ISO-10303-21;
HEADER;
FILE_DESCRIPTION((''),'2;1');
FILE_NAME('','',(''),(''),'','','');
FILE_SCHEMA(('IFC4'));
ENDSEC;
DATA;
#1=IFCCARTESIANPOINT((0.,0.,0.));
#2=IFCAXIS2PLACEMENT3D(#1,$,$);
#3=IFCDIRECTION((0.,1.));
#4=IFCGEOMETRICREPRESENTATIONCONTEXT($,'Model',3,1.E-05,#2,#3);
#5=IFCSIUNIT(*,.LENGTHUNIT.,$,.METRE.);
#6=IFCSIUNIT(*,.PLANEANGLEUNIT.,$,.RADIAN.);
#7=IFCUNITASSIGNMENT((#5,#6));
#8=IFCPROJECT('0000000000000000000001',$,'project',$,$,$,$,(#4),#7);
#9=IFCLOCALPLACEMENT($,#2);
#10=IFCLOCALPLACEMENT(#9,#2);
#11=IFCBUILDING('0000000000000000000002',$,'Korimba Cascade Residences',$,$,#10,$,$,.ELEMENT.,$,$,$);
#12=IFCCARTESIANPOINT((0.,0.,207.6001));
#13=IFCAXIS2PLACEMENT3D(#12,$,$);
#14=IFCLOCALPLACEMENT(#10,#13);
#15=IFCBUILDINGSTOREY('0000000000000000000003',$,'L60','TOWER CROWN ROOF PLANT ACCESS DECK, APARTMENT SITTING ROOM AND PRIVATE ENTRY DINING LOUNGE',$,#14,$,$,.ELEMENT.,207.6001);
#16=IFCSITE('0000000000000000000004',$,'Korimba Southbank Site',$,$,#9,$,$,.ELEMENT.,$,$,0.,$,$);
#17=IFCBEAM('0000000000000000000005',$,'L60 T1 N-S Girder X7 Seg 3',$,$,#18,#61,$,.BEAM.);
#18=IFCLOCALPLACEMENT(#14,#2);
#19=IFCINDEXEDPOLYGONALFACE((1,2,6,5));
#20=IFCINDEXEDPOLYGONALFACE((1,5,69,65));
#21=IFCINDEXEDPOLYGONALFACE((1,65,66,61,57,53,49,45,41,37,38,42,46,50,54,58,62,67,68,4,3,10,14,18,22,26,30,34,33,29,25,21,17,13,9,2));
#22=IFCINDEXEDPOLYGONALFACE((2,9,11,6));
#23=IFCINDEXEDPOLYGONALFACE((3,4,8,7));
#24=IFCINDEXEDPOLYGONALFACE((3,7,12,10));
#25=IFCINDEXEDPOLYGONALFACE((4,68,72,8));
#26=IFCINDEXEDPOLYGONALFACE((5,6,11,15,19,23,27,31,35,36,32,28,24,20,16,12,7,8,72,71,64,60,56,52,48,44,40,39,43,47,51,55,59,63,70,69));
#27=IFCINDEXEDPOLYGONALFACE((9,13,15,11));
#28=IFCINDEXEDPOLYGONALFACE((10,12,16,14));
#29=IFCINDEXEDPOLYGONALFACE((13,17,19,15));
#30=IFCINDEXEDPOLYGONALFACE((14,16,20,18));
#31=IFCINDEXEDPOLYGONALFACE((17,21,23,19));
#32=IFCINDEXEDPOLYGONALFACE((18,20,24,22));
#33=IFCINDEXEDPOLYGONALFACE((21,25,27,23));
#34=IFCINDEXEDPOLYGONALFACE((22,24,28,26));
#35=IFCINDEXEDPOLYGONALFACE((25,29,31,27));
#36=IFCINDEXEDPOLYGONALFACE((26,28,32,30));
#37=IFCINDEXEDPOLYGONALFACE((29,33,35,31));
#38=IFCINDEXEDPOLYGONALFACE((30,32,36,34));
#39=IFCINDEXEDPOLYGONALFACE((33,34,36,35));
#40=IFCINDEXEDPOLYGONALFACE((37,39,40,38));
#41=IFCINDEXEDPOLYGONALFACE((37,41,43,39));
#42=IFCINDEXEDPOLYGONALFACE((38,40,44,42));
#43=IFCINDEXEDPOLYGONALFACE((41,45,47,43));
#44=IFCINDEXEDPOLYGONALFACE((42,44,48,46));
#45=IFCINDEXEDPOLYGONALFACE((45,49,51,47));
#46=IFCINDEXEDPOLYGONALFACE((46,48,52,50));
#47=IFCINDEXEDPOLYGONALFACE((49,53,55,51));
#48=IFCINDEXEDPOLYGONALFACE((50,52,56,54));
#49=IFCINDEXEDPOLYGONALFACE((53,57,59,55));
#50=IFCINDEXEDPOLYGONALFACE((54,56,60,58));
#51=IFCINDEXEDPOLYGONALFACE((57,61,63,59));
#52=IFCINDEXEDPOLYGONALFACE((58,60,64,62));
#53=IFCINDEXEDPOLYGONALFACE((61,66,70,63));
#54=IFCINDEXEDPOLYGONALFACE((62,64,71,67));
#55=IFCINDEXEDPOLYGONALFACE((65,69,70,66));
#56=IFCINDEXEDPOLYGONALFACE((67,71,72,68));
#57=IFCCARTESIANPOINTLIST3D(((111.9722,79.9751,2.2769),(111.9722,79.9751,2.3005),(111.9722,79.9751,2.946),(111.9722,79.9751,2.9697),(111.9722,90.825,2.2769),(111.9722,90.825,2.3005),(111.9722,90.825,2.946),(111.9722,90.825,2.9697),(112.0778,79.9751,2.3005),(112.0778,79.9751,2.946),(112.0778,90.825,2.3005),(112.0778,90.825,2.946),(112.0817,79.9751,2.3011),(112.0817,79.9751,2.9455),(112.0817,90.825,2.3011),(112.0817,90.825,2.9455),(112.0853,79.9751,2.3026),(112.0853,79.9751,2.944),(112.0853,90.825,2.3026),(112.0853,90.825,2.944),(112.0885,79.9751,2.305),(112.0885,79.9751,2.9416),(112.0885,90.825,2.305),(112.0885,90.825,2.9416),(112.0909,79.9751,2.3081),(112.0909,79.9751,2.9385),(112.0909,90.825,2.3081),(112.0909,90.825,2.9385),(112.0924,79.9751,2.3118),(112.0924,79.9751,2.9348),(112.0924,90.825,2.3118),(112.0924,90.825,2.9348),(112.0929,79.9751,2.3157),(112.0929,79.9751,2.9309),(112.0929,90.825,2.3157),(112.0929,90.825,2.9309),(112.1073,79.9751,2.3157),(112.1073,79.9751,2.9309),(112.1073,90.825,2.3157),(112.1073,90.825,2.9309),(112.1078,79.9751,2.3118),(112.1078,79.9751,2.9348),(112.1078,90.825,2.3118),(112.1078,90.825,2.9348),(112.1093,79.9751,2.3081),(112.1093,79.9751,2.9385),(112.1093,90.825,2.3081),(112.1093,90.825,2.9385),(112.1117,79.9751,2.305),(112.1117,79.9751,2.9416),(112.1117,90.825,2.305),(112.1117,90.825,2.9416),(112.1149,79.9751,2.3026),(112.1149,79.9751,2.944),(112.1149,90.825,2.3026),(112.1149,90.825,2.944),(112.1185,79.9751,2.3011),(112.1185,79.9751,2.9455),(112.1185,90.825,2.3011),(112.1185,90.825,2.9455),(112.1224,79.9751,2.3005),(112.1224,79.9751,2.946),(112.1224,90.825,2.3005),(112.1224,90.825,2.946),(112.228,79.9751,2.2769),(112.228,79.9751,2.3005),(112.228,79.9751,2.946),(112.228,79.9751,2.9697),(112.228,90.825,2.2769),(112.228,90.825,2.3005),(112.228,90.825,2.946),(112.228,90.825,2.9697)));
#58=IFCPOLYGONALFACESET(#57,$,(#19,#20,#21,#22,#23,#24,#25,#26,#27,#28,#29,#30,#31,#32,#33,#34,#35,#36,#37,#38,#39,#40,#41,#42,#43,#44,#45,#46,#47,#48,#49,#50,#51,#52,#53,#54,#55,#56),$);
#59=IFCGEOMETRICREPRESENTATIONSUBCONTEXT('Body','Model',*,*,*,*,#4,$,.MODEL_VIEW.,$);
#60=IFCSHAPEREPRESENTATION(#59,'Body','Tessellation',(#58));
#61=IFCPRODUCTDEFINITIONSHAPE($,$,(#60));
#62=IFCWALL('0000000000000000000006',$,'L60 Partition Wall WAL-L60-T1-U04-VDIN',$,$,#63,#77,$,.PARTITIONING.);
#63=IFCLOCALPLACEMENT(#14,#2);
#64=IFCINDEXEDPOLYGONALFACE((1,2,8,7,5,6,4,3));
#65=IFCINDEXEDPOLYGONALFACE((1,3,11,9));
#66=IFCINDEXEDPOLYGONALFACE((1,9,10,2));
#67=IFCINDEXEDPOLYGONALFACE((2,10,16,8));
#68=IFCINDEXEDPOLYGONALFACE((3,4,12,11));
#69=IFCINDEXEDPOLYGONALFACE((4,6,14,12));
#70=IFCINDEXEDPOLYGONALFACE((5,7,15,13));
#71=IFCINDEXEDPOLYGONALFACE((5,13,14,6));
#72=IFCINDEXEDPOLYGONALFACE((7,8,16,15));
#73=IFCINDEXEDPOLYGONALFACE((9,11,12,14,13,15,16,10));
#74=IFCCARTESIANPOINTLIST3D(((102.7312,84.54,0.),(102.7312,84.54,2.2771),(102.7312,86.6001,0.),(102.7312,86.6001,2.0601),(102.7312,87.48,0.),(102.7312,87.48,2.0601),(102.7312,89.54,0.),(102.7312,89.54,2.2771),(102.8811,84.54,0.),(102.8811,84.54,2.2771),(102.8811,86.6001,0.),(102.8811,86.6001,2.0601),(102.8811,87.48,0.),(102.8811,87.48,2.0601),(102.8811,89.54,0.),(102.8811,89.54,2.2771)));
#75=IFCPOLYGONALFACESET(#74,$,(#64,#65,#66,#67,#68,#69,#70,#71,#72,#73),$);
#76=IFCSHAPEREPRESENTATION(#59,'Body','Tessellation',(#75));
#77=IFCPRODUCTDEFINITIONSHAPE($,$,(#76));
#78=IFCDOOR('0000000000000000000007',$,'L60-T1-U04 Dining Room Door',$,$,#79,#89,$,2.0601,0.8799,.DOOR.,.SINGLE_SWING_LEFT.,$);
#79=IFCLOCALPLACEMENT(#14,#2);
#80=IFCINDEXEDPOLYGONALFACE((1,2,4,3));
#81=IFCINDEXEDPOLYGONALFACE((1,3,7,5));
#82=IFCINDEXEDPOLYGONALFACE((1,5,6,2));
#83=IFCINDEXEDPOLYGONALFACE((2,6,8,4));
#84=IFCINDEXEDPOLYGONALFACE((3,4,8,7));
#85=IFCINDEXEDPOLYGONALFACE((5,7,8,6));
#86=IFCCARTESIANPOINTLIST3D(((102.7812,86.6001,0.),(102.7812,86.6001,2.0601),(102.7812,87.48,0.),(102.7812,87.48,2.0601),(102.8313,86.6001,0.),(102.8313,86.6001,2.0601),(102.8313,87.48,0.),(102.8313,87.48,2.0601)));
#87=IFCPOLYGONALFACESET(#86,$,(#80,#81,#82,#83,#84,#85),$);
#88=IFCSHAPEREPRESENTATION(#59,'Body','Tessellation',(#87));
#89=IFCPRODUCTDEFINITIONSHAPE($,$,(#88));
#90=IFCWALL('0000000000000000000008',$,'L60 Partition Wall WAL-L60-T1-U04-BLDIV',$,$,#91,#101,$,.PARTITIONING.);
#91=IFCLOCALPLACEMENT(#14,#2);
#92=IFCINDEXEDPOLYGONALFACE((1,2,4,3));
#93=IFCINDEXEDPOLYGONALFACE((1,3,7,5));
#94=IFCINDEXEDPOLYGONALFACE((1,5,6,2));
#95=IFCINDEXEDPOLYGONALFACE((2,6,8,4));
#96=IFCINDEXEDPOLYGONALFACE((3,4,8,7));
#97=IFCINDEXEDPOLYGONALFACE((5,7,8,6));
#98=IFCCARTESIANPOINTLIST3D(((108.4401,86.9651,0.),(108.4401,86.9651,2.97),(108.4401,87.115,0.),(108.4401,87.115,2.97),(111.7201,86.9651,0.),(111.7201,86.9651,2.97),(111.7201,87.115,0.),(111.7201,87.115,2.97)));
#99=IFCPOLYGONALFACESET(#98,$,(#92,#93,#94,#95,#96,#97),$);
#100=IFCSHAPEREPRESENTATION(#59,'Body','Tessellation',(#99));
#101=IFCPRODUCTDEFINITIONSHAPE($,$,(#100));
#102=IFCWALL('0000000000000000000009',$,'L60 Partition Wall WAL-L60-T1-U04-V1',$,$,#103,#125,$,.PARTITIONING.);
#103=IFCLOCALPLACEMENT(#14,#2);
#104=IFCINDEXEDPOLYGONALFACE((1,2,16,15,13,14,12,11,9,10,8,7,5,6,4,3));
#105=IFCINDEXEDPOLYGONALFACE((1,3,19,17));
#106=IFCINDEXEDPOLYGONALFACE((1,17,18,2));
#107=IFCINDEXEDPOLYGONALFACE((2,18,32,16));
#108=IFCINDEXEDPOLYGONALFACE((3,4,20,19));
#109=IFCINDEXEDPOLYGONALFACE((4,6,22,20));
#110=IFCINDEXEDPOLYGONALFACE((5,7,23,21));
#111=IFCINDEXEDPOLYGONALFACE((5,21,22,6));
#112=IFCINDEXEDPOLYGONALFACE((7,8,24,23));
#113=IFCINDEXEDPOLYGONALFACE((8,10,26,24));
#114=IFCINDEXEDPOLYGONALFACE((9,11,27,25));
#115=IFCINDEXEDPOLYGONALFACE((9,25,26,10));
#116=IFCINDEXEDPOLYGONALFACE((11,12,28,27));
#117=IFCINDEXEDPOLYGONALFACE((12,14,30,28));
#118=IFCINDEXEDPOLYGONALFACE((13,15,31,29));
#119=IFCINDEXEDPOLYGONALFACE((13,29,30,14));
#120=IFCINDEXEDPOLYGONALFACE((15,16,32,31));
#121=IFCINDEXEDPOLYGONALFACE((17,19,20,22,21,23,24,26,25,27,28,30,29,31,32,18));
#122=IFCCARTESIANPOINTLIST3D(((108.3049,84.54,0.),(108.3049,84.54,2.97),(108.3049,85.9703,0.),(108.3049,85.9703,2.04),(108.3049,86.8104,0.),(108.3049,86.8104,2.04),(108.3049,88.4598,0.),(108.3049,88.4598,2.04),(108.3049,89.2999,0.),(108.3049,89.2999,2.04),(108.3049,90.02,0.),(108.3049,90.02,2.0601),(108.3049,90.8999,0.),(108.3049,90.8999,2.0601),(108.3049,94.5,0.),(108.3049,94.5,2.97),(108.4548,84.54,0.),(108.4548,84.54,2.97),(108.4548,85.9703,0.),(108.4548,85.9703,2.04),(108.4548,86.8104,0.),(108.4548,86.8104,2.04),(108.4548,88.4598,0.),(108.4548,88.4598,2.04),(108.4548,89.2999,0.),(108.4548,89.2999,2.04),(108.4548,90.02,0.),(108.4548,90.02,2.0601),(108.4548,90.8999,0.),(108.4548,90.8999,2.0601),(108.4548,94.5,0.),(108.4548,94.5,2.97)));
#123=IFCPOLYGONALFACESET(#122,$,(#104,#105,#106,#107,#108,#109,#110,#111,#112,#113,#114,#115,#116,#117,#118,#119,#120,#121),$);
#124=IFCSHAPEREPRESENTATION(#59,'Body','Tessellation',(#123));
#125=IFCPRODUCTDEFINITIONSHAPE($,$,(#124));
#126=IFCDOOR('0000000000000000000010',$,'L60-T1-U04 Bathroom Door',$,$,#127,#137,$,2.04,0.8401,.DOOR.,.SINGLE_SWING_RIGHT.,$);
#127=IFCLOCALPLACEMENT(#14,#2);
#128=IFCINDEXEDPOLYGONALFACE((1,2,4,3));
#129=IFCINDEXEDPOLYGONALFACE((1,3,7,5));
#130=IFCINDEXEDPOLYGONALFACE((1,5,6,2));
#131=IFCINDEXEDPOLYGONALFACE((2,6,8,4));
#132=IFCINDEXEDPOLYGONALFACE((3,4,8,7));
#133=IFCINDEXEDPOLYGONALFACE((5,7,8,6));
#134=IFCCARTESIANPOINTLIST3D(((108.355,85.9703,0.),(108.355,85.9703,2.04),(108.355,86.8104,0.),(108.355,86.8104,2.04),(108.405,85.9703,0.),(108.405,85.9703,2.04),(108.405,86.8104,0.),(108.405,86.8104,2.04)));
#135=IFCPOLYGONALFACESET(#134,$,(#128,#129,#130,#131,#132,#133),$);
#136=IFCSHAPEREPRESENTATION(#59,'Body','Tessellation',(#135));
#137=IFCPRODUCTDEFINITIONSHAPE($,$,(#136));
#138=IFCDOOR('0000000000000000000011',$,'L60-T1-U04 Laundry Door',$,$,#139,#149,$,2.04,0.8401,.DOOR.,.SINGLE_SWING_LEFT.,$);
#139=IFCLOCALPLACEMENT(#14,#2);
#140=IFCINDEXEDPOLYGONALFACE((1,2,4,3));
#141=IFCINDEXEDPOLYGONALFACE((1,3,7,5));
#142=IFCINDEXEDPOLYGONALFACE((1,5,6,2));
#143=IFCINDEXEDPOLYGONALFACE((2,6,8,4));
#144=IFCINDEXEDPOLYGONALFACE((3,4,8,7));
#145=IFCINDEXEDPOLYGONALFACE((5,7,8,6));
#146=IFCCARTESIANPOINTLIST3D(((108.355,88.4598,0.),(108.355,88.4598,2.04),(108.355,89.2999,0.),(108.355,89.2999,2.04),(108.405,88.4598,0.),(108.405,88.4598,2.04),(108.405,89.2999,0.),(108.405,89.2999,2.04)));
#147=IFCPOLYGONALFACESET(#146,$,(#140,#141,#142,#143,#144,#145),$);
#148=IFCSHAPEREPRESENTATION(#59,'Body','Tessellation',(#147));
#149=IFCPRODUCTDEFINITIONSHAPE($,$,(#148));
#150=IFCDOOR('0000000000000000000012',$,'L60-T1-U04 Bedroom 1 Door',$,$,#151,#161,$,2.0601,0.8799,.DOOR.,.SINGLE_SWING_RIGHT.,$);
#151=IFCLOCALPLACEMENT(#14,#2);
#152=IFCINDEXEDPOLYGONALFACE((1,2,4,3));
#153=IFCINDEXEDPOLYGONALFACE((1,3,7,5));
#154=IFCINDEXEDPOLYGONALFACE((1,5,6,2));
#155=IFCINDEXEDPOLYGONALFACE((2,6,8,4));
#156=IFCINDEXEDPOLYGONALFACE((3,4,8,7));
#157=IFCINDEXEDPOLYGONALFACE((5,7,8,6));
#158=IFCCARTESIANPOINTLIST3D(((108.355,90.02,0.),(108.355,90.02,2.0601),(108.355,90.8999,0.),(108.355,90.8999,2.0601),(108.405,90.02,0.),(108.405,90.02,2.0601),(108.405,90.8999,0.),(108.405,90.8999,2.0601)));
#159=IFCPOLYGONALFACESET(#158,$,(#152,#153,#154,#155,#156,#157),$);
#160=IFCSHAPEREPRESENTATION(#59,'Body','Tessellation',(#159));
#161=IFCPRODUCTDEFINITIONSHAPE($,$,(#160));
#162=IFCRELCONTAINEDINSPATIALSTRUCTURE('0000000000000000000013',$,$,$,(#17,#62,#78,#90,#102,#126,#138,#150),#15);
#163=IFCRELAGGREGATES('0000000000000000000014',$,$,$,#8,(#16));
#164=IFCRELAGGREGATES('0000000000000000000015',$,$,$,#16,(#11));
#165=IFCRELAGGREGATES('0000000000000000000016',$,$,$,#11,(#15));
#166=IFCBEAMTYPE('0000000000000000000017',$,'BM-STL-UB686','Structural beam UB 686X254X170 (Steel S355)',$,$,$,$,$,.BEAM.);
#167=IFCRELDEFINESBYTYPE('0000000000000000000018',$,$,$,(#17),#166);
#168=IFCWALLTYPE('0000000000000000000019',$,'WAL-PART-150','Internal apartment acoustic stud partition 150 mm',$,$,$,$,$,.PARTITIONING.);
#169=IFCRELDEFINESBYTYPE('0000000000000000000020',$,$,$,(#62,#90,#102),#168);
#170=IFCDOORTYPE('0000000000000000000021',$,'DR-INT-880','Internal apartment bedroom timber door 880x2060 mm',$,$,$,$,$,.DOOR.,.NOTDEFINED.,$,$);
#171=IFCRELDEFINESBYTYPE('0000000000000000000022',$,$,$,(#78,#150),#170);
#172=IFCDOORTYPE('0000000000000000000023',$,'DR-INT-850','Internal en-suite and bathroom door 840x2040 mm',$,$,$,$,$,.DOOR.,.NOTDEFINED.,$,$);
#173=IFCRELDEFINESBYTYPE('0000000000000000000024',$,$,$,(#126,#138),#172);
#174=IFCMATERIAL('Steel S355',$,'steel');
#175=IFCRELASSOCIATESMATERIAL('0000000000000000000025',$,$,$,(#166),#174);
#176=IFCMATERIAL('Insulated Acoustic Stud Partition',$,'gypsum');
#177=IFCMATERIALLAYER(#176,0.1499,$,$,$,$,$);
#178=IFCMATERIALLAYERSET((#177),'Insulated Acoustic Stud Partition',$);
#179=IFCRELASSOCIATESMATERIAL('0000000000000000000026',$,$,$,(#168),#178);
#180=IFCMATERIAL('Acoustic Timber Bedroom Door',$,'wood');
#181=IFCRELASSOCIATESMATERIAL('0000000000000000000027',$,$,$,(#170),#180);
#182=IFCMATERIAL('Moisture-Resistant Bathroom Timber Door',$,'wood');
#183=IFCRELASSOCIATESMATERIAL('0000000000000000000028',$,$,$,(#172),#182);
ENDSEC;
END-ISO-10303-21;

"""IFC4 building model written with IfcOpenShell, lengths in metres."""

from ifc_helpers import new_model, si_unit, direction, frame, frame_2d, origin, origin_2d, place, context, subcontext, project, spatial, rectangle, i_section, extrude, material, layer, layer_set, material_profile, profile_set, type_object, element, fill, save


model = new_model("IFC4")

# Units and contexts
model_context = context("Model", 3, precision=1e-05, world=origin(), true_north=direction((0.0, 1.0)))
body_context = subcontext(model_context, "Body", "Model", "MODEL_VIEW")
ifc_project = project(units=[si_unit("LENGTHUNIT", "METRE"), si_unit("PLANEANGLEUNIT", "RADIAN")], contexts=[model_context])

# Site, building, storey
site_placement = place(None, origin())
site = spatial("IfcSite", under=ifc_project, at=site_placement, Name="Korimba Southbank Site", CompositionType="ELEMENT", RefElevation=0.0)
building_placement = place(site_placement, origin())
building = spatial("IfcBuilding", under=site, at=building_placement, Name="Korimba Cascade Residences", CompositionType="ELEMENT")
storey_placement = place(building_placement, frame((0.0, 0.0, 207.6001)))
storey = spatial("IfcBuildingStorey", under=building, at=storey_placement, Name="L60", Description="TOWER CROWN ROOF PLANT ACCESS DECK, APARTMENT SITTING ROOM AND PRIVATE ENTRY DINING LOUNGE", CompositionType="ELEMENT", Elevation=207.6001)

# Beam
ifc_material_1 = material(Name="Steel S355", Category="steel")
ifc_material_profile_1 = material_profile(ifc_material_1, i_section(OverallWidth=0.2559, OverallDepth=0.6929, WebThickness=0.0144, FlangeThickness=0.0237, FilletRadius=0.0151, at=origin_2d()), Name="Steel S355")
ifc_profile_set_1 = profile_set([ifc_material_profile_1], Name="Steel S355")
beam_type_1 = type_object("IfcBeamType", Name="BM-STL-UB686", Description="Structural beam UB 686X254X170 (Steel S355)", PredefinedType="BEAM", material=ifc_profile_set_1)
for number, where, z_axis, x_axis, name in (
    (1, (112.1001, 79.9751, 2.6233), (0.0, 1.0, 0.0), (-1.0, 0.0, 0.0), "L60 T1 N-S Girder X7 Seg 3"),
):
    element("IfcBeam", number, at=place(storey_placement, frame(where, z_axis=z_axis, x_axis=x_axis)), inside=storey, type_object=beam_type_1, Name=name, PredefinedType="BEAM", context=body_context, shape_type="SweptSolid", body=[
        extrude(i_section(OverallWidth=0.2559, OverallDepth=0.6929, WebThickness=0.0144, FlangeThickness=0.0237, FilletRadius=0.0151, at=origin_2d()), origin(), (0.0, 0.0, 1.0), 10.8499),
    ])

# Wall, opening, door
ifc_material_2 = material(Name="Insulated Acoustic Stud Partition", Category="gypsum")
ifc_layer = layer(ifc_material_2, 0.1499)
ifc_layer_set = layer_set([ifc_layer], Name="Insulated Acoustic Stud Partition")
wall_type = type_object("IfcWallType", Name="WAL-PART-150", Description="Internal apartment acoustic stud partition 150 mm", PredefinedType="PARTITIONING", material=ifc_layer_set)
wall_1_placement = place(storey_placement, frame((102.8062, 84.54, 0.0), z_axis=(0.0, 0.0, 1.0), x_axis=(0.0, 1.0, 0.0)))
wall_1 = element("IfcWall", 2, at=wall_1_placement, inside=storey, type_object=wall_type, Name="L60 Partition Wall WAL-L60-T1-U04-VDIN", PredefinedType="PARTITIONING", context=body_context, shape_type="SweptSolid", body=[
    extrude(rectangle(XDim=5.0, YDim=0.1499, at=frame_2d((2.5, 0.0))), origin(), (0.0, 0.0, 1.0), 2.2771),
])
opening_1_placement = place(wall_1_placement, frame((2.0601, 0.0, 0.0)))
opening_1 = element("IfcOpeningElement", 3, at=opening_1_placement, cuts=wall_1, PredefinedType="OPENING", context=body_context, shape_type="SweptSolid", body=[
    extrude(rectangle(XDim=0.8799, YDim=2.0601, at=frame_2d((0.4399, 1.03))), frame((0.0, 0.085, 0.0), z_axis=(0.0, -1.0, 0.0), x_axis=(1.0, 0.0, 0.0)), (0.0, 0.0, 1.0), 0.1699),
])
ifc_material_3 = material(Name="Acoustic Timber Bedroom Door", Category="wood")
door_type_1 = type_object("IfcDoorType", Name="DR-INT-880", Description="Internal apartment bedroom timber door 880x2060 mm", OperationType="NOTDEFINED", PredefinedType="DOOR", material=ifc_material_3)
door_1_placement = place(opening_1_placement, origin())
door_1 = element("IfcDoor", 4, at=door_1_placement, inside=storey, type_object=door_type_1, Name="L60-T1-U04 Dining Room Door", OperationType="SINGLE_SWING_LEFT", OverallHeight=2.0601, OverallWidth=0.8799, PredefinedType="DOOR", context=body_context, shape_type="SweptSolid", body=[
    extrude(rectangle(XDim=0.8799, YDim=2.0601, at=frame_2d((0.4399, 1.03))), frame((0.0, 0.0249, 0.0), z_axis=(0.0, -1.0, 0.0), x_axis=(1.0, 0.0, 0.0)), (0.0, 0.0, 1.0), 0.05),
])
fill(opening_1, door_1)

# Wall
wall_2_placement = place(storey_placement, frame((108.4399, 87.04, 0.0), z_axis=(0.0, 0.0, 1.0), x_axis=(1.0, 0.0, 0.0)))
element("IfcWall", 5, at=wall_2_placement, inside=storey, type_object=wall_type, Name="L60 Partition Wall WAL-L60-T1-U04-BLDIV", PredefinedType="PARTITIONING", context=body_context, shape_type="SweptSolid", body=[
    extrude(rectangle(XDim=3.28, YDim=0.1499, at=frame_2d((1.6401, 0.0))), origin(), (0.0, 0.0, 1.0), 2.97),
])

# Wall, openings, doors
wall_3_placement = place(storey_placement, frame((108.3799, 84.54, 0.0), z_axis=(0.0, 0.0, 1.0), x_axis=(0.0, 1.0, 0.0)))
wall_3 = element("IfcWall", 6, at=wall_3_placement, inside=storey, type_object=wall_type, Name="L60 Partition Wall WAL-L60-T1-U04-V1", PredefinedType="PARTITIONING", context=body_context, shape_type="SweptSolid", body=[
    extrude(rectangle(XDim=9.96, YDim=0.1499, at=frame_2d((4.98, 0.0))), origin(), (0.0, 0.0, 1.0), 2.97),
])
opening_2_placement = place(wall_3_placement, frame((1.4304, 0.0, 0.0)))
opening_2 = element("IfcOpeningElement", 7, at=opening_2_placement, cuts=wall_3, PredefinedType="OPENING", context=body_context, shape_type="SweptSolid", body=[
    extrude(rectangle(XDim=0.8401, YDim=2.04, at=frame_2d((0.4199, 1.02))), frame((0.0, 0.085, 0.0), z_axis=(0.0, -1.0, 0.0), x_axis=(1.0, 0.0, 0.0)), (0.0, 0.0, 1.0), 0.1699),
])
opening_3_placement = place(wall_3_placement, frame((3.9199, 0.0, 0.0)))
opening_3 = element("IfcOpeningElement", 8, at=opening_3_placement, cuts=wall_3, PredefinedType="OPENING", context=body_context, shape_type="SweptSolid", body=[
    extrude(rectangle(XDim=0.8401, YDim=2.04, at=frame_2d((0.4199, 1.02))), frame((0.0, 0.085, 0.0), z_axis=(0.0, -1.0, 0.0), x_axis=(1.0, 0.0, 0.0)), (0.0, 0.0, 1.0), 0.1699),
])
opening_4_placement = place(wall_3_placement, frame((5.48, 0.0, 0.0)))
opening_4 = element("IfcOpeningElement", 9, at=opening_4_placement, cuts=wall_3, PredefinedType="OPENING", context=body_context, shape_type="SweptSolid", body=[
    extrude(rectangle(XDim=0.8799, YDim=2.0601, at=frame_2d((0.4399, 1.03))), frame((0.0, 0.085, 0.0), z_axis=(0.0, -1.0, 0.0), x_axis=(1.0, 0.0, 0.0)), (0.0, 0.0, 1.0), 0.1699),
])
ifc_material_4 = material(Name="Moisture-Resistant Bathroom Timber Door", Category="wood")
door_type_2 = type_object("IfcDoorType", Name="DR-INT-850", Description="Internal en-suite and bathroom door 840x2040 mm", OperationType="NOTDEFINED", PredefinedType="DOOR", material=ifc_material_4)
door_2_placement = place(opening_2_placement, origin())
door_2 = element("IfcDoor", 10, at=door_2_placement, inside=storey, type_object=door_type_2, Name="L60-T1-U04 Bathroom Door", OperationType="SINGLE_SWING_RIGHT", OverallHeight=2.04, OverallWidth=0.8401, PredefinedType="DOOR", context=body_context, shape_type="SweptSolid", body=[
    extrude(rectangle(XDim=0.8401, YDim=2.04, at=frame_2d((0.4199, 1.02))), frame((0.0, 0.0249, 0.0), z_axis=(0.0, -1.0, 0.0), x_axis=(1.0, 0.0, 0.0)), (0.0, 0.0, 1.0), 0.05),
])
fill(opening_2, door_2)
door_3_placement = place(opening_3_placement, origin())
door_3 = element("IfcDoor", 11, at=door_3_placement, inside=storey, type_object=door_type_2, Name="L60-T1-U04 Laundry Door", OperationType="SINGLE_SWING_LEFT", OverallHeight=2.04, OverallWidth=0.8401, PredefinedType="DOOR", context=body_context, shape_type="SweptSolid", body=[
    extrude(rectangle(XDim=0.8401, YDim=2.04, at=frame_2d((0.4199, 1.02))), frame((0.0, 0.0249, 0.0), z_axis=(0.0, -1.0, 0.0), x_axis=(1.0, 0.0, 0.0)), (0.0, 0.0, 1.0), 0.05),
])
fill(opening_3, door_3)
door_4_placement = place(opening_4_placement, origin())
door_4 = element("IfcDoor", 12, at=door_4_placement, inside=storey, type_object=door_type_1, Name="L60-T1-U04 Bedroom 1 Door", OperationType="SINGLE_SWING_RIGHT", OverallHeight=2.0601, OverallWidth=0.8799, PredefinedType="DOOR", context=body_context, shape_type="SweptSolid", body=[
    extrude(rectangle(XDim=0.8799, YDim=2.0601, at=frame_2d((0.4399, 1.03))), frame((0.0, 0.0249, 0.0), z_axis=(0.0, -1.0, 0.0), x_axis=(1.0, 0.0, 0.0)), (0.0, 0.0, 1.0), 0.05),
])
fill(opening_4, door_4)

save(model, "model.ifc")
